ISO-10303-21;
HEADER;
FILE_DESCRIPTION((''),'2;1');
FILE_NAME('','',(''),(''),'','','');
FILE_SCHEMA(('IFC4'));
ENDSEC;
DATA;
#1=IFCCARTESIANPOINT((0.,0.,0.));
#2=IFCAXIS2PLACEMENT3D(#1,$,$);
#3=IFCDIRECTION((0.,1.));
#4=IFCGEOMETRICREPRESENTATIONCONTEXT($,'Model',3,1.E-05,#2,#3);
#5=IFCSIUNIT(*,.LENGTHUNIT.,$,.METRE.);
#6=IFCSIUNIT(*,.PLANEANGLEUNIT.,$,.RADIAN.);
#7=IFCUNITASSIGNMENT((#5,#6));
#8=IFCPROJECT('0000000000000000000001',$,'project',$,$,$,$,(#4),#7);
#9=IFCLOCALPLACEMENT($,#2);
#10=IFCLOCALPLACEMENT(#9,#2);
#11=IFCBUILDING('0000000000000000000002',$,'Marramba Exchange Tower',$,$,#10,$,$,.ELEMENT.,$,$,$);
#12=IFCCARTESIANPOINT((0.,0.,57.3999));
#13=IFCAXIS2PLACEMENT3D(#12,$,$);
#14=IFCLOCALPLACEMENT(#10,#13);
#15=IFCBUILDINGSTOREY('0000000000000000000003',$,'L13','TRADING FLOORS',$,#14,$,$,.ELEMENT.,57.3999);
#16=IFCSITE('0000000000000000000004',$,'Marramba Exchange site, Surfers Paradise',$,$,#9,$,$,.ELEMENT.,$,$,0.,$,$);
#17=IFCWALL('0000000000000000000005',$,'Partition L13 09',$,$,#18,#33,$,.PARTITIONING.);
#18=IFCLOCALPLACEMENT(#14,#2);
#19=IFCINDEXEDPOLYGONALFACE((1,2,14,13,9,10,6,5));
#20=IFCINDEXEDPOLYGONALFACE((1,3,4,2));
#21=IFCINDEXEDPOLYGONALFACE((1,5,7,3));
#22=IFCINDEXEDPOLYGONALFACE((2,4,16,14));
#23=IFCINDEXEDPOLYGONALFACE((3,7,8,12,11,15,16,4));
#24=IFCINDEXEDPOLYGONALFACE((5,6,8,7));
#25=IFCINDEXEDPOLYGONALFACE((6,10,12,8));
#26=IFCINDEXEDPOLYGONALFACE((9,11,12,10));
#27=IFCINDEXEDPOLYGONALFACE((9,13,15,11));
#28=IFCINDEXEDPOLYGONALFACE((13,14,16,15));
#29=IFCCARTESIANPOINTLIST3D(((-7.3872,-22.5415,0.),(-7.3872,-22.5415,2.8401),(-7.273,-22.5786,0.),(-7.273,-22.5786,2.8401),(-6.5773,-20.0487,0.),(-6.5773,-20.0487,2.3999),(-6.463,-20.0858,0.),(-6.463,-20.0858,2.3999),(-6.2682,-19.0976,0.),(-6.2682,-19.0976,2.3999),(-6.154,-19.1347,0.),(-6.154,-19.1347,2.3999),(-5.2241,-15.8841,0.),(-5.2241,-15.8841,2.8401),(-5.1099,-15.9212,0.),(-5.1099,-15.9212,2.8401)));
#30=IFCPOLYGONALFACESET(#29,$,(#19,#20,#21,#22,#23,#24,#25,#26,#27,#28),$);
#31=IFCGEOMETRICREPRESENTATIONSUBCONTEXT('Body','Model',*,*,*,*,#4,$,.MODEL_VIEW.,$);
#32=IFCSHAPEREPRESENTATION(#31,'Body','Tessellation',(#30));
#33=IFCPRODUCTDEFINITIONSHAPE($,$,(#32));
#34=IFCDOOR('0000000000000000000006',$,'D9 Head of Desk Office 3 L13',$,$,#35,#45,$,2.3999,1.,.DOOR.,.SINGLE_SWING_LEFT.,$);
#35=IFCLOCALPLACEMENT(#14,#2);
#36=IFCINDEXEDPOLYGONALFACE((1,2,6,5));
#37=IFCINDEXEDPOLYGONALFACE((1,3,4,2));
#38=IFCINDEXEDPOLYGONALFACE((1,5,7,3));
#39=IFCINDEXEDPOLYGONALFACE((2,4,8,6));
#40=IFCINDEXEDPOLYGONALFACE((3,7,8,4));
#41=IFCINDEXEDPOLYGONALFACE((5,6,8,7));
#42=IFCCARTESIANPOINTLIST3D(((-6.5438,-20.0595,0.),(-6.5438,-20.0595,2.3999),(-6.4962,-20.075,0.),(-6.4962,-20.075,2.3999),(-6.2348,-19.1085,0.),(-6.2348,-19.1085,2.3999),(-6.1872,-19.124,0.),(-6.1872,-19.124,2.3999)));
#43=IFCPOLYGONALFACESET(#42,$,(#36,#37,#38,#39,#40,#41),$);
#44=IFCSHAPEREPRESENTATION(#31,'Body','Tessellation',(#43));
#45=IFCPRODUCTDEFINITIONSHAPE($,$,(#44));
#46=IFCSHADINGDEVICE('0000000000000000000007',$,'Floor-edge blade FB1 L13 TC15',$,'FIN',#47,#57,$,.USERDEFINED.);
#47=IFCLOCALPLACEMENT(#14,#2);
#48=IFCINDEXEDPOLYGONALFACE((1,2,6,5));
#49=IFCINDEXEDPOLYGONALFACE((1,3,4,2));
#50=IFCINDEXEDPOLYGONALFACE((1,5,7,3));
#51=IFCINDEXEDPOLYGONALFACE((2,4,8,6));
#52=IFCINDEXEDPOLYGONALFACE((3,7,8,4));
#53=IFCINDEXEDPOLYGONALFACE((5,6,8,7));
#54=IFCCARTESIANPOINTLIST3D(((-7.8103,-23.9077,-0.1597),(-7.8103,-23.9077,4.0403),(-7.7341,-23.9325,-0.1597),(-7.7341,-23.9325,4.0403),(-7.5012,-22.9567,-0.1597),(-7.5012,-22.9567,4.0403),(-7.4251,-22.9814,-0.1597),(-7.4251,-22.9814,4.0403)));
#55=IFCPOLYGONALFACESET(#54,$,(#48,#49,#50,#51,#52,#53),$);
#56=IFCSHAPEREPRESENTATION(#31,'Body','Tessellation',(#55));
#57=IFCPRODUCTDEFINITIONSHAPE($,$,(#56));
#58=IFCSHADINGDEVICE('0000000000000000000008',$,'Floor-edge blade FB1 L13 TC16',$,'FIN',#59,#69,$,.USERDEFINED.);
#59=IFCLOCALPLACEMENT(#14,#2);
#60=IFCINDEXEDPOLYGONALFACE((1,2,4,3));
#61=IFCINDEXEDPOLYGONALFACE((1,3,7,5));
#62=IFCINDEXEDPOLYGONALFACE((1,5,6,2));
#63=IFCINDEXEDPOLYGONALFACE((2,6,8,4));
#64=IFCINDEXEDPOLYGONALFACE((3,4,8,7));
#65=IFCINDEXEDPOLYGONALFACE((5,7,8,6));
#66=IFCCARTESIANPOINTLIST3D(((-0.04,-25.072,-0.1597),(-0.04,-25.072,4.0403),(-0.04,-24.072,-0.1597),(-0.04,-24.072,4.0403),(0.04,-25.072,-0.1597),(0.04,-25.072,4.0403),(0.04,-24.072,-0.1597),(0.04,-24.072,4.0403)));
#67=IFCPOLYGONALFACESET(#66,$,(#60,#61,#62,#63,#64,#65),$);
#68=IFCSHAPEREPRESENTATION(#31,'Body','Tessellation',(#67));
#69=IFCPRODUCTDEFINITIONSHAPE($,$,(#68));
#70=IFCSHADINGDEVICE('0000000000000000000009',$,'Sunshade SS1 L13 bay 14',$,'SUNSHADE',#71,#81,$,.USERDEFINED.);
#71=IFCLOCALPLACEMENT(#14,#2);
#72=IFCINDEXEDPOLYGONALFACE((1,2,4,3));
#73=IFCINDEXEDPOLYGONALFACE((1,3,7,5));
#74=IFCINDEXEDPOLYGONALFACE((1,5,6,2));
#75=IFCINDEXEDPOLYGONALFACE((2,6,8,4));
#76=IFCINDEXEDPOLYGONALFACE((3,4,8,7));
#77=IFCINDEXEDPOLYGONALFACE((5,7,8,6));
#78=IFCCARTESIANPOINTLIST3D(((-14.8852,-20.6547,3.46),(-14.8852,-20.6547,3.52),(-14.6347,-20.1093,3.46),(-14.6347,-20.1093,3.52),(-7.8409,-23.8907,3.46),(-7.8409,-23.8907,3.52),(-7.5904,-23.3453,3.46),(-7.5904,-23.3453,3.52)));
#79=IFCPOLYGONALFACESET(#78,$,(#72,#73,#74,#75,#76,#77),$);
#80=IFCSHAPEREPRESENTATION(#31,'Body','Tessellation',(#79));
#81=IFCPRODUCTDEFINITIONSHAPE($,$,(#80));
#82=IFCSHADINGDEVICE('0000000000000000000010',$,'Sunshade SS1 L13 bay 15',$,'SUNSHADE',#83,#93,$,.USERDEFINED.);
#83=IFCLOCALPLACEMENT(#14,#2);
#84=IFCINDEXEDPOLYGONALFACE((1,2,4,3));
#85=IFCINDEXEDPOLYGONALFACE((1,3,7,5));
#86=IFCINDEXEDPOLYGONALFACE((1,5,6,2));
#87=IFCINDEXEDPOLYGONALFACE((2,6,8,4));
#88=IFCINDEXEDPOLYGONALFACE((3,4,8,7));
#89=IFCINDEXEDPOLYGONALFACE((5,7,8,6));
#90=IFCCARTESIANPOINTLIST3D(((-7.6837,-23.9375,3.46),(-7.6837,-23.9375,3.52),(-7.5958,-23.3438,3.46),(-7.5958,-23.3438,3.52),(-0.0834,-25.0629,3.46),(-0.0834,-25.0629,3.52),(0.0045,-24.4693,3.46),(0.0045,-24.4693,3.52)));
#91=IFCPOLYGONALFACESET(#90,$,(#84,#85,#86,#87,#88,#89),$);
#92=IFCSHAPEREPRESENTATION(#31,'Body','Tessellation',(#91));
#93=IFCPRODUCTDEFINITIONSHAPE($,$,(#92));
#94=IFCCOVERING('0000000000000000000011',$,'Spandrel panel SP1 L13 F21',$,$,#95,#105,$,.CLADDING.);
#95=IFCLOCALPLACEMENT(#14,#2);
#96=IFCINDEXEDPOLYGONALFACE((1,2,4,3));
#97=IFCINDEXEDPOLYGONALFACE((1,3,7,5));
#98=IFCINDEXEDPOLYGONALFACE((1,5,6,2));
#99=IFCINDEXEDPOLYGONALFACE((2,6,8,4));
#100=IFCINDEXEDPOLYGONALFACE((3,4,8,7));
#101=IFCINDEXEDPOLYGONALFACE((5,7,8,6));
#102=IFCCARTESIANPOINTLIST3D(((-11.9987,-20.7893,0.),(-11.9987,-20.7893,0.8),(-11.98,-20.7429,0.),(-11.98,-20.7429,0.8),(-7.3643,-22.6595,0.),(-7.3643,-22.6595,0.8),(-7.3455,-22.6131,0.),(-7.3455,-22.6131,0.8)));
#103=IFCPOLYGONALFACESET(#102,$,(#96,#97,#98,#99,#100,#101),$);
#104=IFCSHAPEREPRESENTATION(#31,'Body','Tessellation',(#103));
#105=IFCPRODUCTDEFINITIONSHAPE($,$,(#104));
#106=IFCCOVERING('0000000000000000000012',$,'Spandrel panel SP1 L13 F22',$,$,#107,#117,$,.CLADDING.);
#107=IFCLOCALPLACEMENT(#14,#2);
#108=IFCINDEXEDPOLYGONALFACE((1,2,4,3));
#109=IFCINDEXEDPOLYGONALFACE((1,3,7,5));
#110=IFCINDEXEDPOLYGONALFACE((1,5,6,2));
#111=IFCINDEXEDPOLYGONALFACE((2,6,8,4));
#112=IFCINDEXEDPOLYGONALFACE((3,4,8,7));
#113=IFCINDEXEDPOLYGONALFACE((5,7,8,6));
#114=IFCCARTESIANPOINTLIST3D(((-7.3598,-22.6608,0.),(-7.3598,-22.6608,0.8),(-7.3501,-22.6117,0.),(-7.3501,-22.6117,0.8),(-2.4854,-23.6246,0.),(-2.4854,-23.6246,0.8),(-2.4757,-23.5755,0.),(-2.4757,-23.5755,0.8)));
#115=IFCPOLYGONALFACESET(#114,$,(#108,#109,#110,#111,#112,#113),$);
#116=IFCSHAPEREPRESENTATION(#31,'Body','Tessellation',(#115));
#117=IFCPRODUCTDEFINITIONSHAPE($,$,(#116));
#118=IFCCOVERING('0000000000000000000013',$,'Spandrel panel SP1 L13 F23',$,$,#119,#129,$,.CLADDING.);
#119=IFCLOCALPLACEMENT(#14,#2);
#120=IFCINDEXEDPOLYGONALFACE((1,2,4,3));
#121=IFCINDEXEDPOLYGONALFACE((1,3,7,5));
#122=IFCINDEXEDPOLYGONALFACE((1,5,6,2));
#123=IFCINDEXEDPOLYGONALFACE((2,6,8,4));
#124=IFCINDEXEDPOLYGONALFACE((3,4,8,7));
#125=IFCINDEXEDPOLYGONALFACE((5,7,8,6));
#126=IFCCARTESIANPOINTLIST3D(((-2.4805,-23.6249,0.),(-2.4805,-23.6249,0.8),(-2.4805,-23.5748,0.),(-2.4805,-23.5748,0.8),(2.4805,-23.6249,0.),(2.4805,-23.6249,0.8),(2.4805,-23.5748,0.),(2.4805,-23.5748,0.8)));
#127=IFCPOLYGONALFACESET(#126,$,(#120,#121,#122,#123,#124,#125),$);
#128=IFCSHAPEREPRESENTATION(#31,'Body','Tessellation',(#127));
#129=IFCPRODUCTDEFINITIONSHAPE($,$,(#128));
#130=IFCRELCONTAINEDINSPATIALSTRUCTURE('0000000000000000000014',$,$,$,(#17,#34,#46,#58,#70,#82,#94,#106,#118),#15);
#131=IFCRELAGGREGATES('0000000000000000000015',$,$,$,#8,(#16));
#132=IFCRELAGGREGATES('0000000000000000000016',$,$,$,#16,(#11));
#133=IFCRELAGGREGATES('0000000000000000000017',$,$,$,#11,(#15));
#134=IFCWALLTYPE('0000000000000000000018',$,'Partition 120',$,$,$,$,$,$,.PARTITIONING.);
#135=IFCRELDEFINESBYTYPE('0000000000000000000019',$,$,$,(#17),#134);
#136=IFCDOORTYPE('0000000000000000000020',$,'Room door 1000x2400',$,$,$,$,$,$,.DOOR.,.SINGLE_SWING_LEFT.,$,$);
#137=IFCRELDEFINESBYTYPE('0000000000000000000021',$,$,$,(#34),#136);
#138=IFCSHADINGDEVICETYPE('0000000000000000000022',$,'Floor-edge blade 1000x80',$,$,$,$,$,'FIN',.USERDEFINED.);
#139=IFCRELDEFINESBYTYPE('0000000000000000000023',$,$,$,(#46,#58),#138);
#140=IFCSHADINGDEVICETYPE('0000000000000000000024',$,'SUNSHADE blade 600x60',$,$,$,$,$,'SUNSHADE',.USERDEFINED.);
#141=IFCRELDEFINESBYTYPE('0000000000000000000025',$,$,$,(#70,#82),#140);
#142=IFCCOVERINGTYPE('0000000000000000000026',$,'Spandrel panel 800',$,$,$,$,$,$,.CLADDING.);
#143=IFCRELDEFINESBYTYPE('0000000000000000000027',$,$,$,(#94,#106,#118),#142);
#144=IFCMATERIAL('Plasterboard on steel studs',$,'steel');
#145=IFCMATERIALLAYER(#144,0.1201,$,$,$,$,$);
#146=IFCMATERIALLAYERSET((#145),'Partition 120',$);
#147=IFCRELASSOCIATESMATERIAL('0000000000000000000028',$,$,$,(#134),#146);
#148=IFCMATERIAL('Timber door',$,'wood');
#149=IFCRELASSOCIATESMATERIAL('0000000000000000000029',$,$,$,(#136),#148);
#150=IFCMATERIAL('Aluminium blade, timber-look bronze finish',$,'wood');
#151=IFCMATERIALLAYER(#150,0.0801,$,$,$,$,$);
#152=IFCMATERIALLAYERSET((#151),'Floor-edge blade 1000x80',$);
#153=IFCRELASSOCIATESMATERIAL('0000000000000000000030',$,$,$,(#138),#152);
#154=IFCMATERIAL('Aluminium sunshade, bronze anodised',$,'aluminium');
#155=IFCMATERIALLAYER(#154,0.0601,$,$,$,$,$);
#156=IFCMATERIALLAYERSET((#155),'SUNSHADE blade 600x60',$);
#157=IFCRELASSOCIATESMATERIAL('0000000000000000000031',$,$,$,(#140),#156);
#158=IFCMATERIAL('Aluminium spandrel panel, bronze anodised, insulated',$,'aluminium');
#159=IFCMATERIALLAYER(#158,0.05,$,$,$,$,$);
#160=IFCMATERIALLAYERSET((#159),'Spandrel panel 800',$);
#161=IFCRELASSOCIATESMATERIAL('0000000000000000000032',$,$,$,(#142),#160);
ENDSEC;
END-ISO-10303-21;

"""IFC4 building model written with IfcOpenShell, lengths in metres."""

from ifc_helpers import new_model, si_unit, direction, frame, frame_2d, origin, origin_2d, place, context, subcontext, project, spatial, rectangle, extrude, material, layer, layer_set, type_object, element, fill, save


model = new_model("IFC4")

# Units and contexts
model_context = context("Model", 3, precision=1e-05, world=origin(), true_north=direction((0.0, 1.0)))
body_context = subcontext(model_context, "Body", "Model", "MODEL_VIEW")
ifc_project = project(units=[si_unit("LENGTHUNIT", "METRE"), si_unit("PLANEANGLEUNIT", "RADIAN")], contexts=[model_context])

# Site, building, storey
site_placement = place(None, origin())
site = spatial("IfcSite", under=ifc_project, at=site_placement, Name="Marramba Exchange site, Surfers Paradise", CompositionType="ELEMENT", RefElevation=0.0)
building_placement = place(site_placement, origin())
building = spatial("IfcBuilding", under=site, at=building_placement, Name="Marramba Exchange Tower", CompositionType="ELEMENT")
storey_placement = place(building_placement, frame((0.0, 0.0, 57.3999)))
storey = spatial("IfcBuildingStorey", under=building, at=storey_placement, Name="L13", Description="TRADING FLOORS", CompositionType="ELEMENT", Elevation=57.3999)

# Shared definitions
ifc_material_1 = material(Name="Plasterboard on steel studs", Category="steel")
ifc_layer_1 = layer(ifc_material_1, 0.1201)
ifc_layer_set_1 = layer_set([ifc_layer_1], Name="Partition 120")
wall_type = type_object("IfcWallType", Name="Partition 120", PredefinedType="PARTITIONING", material=ifc_layer_set_1)

# Wall, opening, door
wall_1_placement = place(storey_placement, frame((-7.3301, -22.5601, 0.0), z_axis=(0.0, 0.0, 1.0), x_axis=(0.30901, 0.951059, 0.0)))
wall_1 = element("IfcWall", 1, at=wall_1_placement, inside=storey, type_object=wall_type, Name="Partition L13 09", PredefinedType="PARTITIONING", context=body_context, shape_type="SweptSolid", body=[
    extrude(rectangle(XDim=7.0, YDim=0.1201, at=frame_2d((3.5, 0.0))), origin(), (0.0, 0.0, 1.0), 2.8401),
])
opening_placement = place(wall_1_placement, frame((2.6211, 0.0, 0.0)))
opening = element("IfcOpeningElement", 2, at=opening_placement, cuts=wall_1, PredefinedType="OPENING", context=body_context, shape_type="SweptSolid", body=[
    extrude(rectangle(XDim=1.0, YDim=2.3999, at=frame_2d((0.5, 1.2))), frame((0.0, 0.0701, 0.0), z_axis=(0.0, -1.0, 0.0), x_axis=(1.0, 0.0, 0.0)), (0.0, 0.0, 1.0), 0.1401),
])
ifc_material_2 = material(Name="Timber door", Category="wood")
door_type = type_object("IfcDoorType", Name="Room door 1000x2400", OperationType="SINGLE_SWING_LEFT", PredefinedType="DOOR", material=ifc_material_2)
door_placement = place(opening_placement, origin())
door = element("IfcDoor", 3, at=door_placement, inside=storey, type_object=door_type, Name="D9 Head of Desk Office 3 L13", OperationType="SINGLE_SWING_LEFT", OverallHeight=2.3999, OverallWidth=1.0, PredefinedType="DOOR", context=body_context, shape_type="SweptSolid", body=[
    extrude(rectangle(XDim=1.0, YDim=2.3999, at=frame_2d((0.5, 1.2))), frame((0.0, 0.0249, 0.0), z_axis=(0.0, -1.0, 0.0), x_axis=(1.0, 0.0, 0.0)), (0.0, 0.0, 1.0), 0.05),
])
fill(opening, door)

# Shading devices
ifc_material_3 = material(Name="Aluminium blade, timber-look bronze finish", Category="wood")
ifc_layer_2 = layer(ifc_material_3, 0.0801)
ifc_layer_set_2 = layer_set([ifc_layer_2], Name="Floor-edge blade 1000x80")
shading_device_type_1 = type_object("IfcShadingDeviceType", Name="Floor-edge blade 1000x80", ElementType="FIN", PredefinedType="USERDEFINED", material=ifc_layer_set_2)
for number, where, z_axis, x_axis, name in (
    (4, (-7.6177, -23.4446, -0.1597), (0.0, 0.0, 1.0), (-0.309017, -0.951057, 0.0), "Floor-edge blade FB1 L13 TC15"),
    (5, (0.0, -24.572, -0.1597), (0.0, 0.0, 1.0), (0.0, -1.0, 0.0), "Floor-edge blade FB1 L13 TC16"),
):
    element("IfcShadingDevice", number, at=place(storey_placement, frame(where, z_axis=z_axis, x_axis=x_axis)), inside=storey, type_object=shading_device_type_1, Name=name, ObjectType="FIN", PredefinedType="USERDEFINED", context=body_context, shape_type="SweptSolid", body=[
        extrude(rectangle(XDim=1.0, YDim=0.0801, at=origin_2d()), origin(), (0.0, 0.0, 1.0), 4.2),
    ])
ifc_material_4 = material(Name="Aluminium sunshade, bronze anodised", Category="aluminium")
ifc_layer_3 = layer(ifc_material_4, 0.0601)
ifc_layer_set_3 = layer_set([ifc_layer_3], Name="SUNSHADE blade 600x60")
shading_device_type_2 = type_object("IfcShadingDeviceType", Name="SUNSHADE blade 600x60", ElementType="SUNSHADE", PredefinedType="USERDEFINED", material=ifc_layer_set_3)
shading_device_1_placement = place(storey_placement, frame((-11.2378, -22.0, 3.46), z_axis=(0.0, 0.0, 1.0), x_axis=(0.908704, -0.417442, 0.0)))
element("IfcShadingDevice", 6, at=shading_device_1_placement, inside=storey, type_object=shading_device_type_2, Name="Sunshade SS1 L13 bay 14", ObjectType="SUNSHADE", PredefinedType="USERDEFINED", context=body_context, shape_type="SweptSolid", body=[
    extrude(rectangle(XDim=7.752, YDim=0.6001, at=origin_2d()), origin(), (0.0, 0.0, 1.0), 0.0601),
])
shading_device_2_placement = place(storey_placement, frame((-3.8396, -24.2034, 3.46), z_axis=(0.0, 0.0, 1.0), x_axis=(0.989213, -0.146485, 0.0)))
element("IfcShadingDevice", 7, at=shading_device_2_placement, inside=storey, type_object=shading_device_type_2, Name="Sunshade SS1 L13 bay 15", ObjectType="SUNSHADE", PredefinedType="USERDEFINED", context=body_context, shape_type="SweptSolid", body=[
    extrude(rectangle(XDim=7.6831, YDim=0.6001, at=origin_2d()), origin(), (0.0, 0.0, 1.0), 0.0601),
])

# Coverings
ifc_material_5 = material(Name="Aluminium spandrel panel, bronze anodised, insulated", Category="aluminium")
ifc_layer_4 = layer(ifc_material_5, 0.05)
ifc_layer_set_4 = layer_set([ifc_layer_4], Name="Spandrel panel 800")
covering_type = type_object("IfcCoveringType", Name="Spandrel panel 800", PredefinedType="CLADDING", material=ifc_layer_set_4)
covering_1_placement = place(storey_placement, frame((-9.6721, -21.7012, 0.0), z_axis=(0.0, 0.0, 1.0), x_axis=(0.927341, -0.374218, 0.0)))
element("IfcCovering", 8, at=covering_1_placement, inside=storey, type_object=covering_type, Name="Spandrel panel SP1 L13 F21", PredefinedType="CLADDING", context=body_context, shape_type="SweptSolid", body=[
    extrude(rectangle(XDim=4.9976, YDim=0.05, at=origin_2d()), origin(), (0.0, 0.0, 1.0), 0.8),
])
covering_2_placement = place(storey_placement, frame((-4.9177, -23.1182, 0.0), z_axis=(0.0, 0.0, 1.0), x_axis=(0.981009, -0.193961, 0.0)))
element("IfcCovering", 9, at=covering_2_placement, inside=storey, type_object=covering_type, Name="Spandrel panel SP1 L13 F22", PredefinedType="CLADDING", context=body_context, shape_type="SweptSolid", body=[
    extrude(rectangle(XDim=4.9688, YDim=0.05, at=origin_2d()), origin(), (0.0, 0.0, 1.0), 0.8),
])
covering_3_placement = place(storey_placement, frame((0.0, -23.5999, 0.0), z_axis=(0.0, 0.0, 1.0), x_axis=(1.0, 0.0, 0.0)))
element("IfcCovering", 10, at=covering_3_placement, inside=storey, type_object=covering_type, Name="Spandrel panel SP1 L13 F23", PredefinedType="CLADDING", context=body_context, shape_type="SweptSolid", body=[
    extrude(rectangle(XDim=4.9609, YDim=0.05, at=origin_2d()), origin(), (0.0, 0.0, 1.0), 0.8),
])

save(model, "model.ifc")
